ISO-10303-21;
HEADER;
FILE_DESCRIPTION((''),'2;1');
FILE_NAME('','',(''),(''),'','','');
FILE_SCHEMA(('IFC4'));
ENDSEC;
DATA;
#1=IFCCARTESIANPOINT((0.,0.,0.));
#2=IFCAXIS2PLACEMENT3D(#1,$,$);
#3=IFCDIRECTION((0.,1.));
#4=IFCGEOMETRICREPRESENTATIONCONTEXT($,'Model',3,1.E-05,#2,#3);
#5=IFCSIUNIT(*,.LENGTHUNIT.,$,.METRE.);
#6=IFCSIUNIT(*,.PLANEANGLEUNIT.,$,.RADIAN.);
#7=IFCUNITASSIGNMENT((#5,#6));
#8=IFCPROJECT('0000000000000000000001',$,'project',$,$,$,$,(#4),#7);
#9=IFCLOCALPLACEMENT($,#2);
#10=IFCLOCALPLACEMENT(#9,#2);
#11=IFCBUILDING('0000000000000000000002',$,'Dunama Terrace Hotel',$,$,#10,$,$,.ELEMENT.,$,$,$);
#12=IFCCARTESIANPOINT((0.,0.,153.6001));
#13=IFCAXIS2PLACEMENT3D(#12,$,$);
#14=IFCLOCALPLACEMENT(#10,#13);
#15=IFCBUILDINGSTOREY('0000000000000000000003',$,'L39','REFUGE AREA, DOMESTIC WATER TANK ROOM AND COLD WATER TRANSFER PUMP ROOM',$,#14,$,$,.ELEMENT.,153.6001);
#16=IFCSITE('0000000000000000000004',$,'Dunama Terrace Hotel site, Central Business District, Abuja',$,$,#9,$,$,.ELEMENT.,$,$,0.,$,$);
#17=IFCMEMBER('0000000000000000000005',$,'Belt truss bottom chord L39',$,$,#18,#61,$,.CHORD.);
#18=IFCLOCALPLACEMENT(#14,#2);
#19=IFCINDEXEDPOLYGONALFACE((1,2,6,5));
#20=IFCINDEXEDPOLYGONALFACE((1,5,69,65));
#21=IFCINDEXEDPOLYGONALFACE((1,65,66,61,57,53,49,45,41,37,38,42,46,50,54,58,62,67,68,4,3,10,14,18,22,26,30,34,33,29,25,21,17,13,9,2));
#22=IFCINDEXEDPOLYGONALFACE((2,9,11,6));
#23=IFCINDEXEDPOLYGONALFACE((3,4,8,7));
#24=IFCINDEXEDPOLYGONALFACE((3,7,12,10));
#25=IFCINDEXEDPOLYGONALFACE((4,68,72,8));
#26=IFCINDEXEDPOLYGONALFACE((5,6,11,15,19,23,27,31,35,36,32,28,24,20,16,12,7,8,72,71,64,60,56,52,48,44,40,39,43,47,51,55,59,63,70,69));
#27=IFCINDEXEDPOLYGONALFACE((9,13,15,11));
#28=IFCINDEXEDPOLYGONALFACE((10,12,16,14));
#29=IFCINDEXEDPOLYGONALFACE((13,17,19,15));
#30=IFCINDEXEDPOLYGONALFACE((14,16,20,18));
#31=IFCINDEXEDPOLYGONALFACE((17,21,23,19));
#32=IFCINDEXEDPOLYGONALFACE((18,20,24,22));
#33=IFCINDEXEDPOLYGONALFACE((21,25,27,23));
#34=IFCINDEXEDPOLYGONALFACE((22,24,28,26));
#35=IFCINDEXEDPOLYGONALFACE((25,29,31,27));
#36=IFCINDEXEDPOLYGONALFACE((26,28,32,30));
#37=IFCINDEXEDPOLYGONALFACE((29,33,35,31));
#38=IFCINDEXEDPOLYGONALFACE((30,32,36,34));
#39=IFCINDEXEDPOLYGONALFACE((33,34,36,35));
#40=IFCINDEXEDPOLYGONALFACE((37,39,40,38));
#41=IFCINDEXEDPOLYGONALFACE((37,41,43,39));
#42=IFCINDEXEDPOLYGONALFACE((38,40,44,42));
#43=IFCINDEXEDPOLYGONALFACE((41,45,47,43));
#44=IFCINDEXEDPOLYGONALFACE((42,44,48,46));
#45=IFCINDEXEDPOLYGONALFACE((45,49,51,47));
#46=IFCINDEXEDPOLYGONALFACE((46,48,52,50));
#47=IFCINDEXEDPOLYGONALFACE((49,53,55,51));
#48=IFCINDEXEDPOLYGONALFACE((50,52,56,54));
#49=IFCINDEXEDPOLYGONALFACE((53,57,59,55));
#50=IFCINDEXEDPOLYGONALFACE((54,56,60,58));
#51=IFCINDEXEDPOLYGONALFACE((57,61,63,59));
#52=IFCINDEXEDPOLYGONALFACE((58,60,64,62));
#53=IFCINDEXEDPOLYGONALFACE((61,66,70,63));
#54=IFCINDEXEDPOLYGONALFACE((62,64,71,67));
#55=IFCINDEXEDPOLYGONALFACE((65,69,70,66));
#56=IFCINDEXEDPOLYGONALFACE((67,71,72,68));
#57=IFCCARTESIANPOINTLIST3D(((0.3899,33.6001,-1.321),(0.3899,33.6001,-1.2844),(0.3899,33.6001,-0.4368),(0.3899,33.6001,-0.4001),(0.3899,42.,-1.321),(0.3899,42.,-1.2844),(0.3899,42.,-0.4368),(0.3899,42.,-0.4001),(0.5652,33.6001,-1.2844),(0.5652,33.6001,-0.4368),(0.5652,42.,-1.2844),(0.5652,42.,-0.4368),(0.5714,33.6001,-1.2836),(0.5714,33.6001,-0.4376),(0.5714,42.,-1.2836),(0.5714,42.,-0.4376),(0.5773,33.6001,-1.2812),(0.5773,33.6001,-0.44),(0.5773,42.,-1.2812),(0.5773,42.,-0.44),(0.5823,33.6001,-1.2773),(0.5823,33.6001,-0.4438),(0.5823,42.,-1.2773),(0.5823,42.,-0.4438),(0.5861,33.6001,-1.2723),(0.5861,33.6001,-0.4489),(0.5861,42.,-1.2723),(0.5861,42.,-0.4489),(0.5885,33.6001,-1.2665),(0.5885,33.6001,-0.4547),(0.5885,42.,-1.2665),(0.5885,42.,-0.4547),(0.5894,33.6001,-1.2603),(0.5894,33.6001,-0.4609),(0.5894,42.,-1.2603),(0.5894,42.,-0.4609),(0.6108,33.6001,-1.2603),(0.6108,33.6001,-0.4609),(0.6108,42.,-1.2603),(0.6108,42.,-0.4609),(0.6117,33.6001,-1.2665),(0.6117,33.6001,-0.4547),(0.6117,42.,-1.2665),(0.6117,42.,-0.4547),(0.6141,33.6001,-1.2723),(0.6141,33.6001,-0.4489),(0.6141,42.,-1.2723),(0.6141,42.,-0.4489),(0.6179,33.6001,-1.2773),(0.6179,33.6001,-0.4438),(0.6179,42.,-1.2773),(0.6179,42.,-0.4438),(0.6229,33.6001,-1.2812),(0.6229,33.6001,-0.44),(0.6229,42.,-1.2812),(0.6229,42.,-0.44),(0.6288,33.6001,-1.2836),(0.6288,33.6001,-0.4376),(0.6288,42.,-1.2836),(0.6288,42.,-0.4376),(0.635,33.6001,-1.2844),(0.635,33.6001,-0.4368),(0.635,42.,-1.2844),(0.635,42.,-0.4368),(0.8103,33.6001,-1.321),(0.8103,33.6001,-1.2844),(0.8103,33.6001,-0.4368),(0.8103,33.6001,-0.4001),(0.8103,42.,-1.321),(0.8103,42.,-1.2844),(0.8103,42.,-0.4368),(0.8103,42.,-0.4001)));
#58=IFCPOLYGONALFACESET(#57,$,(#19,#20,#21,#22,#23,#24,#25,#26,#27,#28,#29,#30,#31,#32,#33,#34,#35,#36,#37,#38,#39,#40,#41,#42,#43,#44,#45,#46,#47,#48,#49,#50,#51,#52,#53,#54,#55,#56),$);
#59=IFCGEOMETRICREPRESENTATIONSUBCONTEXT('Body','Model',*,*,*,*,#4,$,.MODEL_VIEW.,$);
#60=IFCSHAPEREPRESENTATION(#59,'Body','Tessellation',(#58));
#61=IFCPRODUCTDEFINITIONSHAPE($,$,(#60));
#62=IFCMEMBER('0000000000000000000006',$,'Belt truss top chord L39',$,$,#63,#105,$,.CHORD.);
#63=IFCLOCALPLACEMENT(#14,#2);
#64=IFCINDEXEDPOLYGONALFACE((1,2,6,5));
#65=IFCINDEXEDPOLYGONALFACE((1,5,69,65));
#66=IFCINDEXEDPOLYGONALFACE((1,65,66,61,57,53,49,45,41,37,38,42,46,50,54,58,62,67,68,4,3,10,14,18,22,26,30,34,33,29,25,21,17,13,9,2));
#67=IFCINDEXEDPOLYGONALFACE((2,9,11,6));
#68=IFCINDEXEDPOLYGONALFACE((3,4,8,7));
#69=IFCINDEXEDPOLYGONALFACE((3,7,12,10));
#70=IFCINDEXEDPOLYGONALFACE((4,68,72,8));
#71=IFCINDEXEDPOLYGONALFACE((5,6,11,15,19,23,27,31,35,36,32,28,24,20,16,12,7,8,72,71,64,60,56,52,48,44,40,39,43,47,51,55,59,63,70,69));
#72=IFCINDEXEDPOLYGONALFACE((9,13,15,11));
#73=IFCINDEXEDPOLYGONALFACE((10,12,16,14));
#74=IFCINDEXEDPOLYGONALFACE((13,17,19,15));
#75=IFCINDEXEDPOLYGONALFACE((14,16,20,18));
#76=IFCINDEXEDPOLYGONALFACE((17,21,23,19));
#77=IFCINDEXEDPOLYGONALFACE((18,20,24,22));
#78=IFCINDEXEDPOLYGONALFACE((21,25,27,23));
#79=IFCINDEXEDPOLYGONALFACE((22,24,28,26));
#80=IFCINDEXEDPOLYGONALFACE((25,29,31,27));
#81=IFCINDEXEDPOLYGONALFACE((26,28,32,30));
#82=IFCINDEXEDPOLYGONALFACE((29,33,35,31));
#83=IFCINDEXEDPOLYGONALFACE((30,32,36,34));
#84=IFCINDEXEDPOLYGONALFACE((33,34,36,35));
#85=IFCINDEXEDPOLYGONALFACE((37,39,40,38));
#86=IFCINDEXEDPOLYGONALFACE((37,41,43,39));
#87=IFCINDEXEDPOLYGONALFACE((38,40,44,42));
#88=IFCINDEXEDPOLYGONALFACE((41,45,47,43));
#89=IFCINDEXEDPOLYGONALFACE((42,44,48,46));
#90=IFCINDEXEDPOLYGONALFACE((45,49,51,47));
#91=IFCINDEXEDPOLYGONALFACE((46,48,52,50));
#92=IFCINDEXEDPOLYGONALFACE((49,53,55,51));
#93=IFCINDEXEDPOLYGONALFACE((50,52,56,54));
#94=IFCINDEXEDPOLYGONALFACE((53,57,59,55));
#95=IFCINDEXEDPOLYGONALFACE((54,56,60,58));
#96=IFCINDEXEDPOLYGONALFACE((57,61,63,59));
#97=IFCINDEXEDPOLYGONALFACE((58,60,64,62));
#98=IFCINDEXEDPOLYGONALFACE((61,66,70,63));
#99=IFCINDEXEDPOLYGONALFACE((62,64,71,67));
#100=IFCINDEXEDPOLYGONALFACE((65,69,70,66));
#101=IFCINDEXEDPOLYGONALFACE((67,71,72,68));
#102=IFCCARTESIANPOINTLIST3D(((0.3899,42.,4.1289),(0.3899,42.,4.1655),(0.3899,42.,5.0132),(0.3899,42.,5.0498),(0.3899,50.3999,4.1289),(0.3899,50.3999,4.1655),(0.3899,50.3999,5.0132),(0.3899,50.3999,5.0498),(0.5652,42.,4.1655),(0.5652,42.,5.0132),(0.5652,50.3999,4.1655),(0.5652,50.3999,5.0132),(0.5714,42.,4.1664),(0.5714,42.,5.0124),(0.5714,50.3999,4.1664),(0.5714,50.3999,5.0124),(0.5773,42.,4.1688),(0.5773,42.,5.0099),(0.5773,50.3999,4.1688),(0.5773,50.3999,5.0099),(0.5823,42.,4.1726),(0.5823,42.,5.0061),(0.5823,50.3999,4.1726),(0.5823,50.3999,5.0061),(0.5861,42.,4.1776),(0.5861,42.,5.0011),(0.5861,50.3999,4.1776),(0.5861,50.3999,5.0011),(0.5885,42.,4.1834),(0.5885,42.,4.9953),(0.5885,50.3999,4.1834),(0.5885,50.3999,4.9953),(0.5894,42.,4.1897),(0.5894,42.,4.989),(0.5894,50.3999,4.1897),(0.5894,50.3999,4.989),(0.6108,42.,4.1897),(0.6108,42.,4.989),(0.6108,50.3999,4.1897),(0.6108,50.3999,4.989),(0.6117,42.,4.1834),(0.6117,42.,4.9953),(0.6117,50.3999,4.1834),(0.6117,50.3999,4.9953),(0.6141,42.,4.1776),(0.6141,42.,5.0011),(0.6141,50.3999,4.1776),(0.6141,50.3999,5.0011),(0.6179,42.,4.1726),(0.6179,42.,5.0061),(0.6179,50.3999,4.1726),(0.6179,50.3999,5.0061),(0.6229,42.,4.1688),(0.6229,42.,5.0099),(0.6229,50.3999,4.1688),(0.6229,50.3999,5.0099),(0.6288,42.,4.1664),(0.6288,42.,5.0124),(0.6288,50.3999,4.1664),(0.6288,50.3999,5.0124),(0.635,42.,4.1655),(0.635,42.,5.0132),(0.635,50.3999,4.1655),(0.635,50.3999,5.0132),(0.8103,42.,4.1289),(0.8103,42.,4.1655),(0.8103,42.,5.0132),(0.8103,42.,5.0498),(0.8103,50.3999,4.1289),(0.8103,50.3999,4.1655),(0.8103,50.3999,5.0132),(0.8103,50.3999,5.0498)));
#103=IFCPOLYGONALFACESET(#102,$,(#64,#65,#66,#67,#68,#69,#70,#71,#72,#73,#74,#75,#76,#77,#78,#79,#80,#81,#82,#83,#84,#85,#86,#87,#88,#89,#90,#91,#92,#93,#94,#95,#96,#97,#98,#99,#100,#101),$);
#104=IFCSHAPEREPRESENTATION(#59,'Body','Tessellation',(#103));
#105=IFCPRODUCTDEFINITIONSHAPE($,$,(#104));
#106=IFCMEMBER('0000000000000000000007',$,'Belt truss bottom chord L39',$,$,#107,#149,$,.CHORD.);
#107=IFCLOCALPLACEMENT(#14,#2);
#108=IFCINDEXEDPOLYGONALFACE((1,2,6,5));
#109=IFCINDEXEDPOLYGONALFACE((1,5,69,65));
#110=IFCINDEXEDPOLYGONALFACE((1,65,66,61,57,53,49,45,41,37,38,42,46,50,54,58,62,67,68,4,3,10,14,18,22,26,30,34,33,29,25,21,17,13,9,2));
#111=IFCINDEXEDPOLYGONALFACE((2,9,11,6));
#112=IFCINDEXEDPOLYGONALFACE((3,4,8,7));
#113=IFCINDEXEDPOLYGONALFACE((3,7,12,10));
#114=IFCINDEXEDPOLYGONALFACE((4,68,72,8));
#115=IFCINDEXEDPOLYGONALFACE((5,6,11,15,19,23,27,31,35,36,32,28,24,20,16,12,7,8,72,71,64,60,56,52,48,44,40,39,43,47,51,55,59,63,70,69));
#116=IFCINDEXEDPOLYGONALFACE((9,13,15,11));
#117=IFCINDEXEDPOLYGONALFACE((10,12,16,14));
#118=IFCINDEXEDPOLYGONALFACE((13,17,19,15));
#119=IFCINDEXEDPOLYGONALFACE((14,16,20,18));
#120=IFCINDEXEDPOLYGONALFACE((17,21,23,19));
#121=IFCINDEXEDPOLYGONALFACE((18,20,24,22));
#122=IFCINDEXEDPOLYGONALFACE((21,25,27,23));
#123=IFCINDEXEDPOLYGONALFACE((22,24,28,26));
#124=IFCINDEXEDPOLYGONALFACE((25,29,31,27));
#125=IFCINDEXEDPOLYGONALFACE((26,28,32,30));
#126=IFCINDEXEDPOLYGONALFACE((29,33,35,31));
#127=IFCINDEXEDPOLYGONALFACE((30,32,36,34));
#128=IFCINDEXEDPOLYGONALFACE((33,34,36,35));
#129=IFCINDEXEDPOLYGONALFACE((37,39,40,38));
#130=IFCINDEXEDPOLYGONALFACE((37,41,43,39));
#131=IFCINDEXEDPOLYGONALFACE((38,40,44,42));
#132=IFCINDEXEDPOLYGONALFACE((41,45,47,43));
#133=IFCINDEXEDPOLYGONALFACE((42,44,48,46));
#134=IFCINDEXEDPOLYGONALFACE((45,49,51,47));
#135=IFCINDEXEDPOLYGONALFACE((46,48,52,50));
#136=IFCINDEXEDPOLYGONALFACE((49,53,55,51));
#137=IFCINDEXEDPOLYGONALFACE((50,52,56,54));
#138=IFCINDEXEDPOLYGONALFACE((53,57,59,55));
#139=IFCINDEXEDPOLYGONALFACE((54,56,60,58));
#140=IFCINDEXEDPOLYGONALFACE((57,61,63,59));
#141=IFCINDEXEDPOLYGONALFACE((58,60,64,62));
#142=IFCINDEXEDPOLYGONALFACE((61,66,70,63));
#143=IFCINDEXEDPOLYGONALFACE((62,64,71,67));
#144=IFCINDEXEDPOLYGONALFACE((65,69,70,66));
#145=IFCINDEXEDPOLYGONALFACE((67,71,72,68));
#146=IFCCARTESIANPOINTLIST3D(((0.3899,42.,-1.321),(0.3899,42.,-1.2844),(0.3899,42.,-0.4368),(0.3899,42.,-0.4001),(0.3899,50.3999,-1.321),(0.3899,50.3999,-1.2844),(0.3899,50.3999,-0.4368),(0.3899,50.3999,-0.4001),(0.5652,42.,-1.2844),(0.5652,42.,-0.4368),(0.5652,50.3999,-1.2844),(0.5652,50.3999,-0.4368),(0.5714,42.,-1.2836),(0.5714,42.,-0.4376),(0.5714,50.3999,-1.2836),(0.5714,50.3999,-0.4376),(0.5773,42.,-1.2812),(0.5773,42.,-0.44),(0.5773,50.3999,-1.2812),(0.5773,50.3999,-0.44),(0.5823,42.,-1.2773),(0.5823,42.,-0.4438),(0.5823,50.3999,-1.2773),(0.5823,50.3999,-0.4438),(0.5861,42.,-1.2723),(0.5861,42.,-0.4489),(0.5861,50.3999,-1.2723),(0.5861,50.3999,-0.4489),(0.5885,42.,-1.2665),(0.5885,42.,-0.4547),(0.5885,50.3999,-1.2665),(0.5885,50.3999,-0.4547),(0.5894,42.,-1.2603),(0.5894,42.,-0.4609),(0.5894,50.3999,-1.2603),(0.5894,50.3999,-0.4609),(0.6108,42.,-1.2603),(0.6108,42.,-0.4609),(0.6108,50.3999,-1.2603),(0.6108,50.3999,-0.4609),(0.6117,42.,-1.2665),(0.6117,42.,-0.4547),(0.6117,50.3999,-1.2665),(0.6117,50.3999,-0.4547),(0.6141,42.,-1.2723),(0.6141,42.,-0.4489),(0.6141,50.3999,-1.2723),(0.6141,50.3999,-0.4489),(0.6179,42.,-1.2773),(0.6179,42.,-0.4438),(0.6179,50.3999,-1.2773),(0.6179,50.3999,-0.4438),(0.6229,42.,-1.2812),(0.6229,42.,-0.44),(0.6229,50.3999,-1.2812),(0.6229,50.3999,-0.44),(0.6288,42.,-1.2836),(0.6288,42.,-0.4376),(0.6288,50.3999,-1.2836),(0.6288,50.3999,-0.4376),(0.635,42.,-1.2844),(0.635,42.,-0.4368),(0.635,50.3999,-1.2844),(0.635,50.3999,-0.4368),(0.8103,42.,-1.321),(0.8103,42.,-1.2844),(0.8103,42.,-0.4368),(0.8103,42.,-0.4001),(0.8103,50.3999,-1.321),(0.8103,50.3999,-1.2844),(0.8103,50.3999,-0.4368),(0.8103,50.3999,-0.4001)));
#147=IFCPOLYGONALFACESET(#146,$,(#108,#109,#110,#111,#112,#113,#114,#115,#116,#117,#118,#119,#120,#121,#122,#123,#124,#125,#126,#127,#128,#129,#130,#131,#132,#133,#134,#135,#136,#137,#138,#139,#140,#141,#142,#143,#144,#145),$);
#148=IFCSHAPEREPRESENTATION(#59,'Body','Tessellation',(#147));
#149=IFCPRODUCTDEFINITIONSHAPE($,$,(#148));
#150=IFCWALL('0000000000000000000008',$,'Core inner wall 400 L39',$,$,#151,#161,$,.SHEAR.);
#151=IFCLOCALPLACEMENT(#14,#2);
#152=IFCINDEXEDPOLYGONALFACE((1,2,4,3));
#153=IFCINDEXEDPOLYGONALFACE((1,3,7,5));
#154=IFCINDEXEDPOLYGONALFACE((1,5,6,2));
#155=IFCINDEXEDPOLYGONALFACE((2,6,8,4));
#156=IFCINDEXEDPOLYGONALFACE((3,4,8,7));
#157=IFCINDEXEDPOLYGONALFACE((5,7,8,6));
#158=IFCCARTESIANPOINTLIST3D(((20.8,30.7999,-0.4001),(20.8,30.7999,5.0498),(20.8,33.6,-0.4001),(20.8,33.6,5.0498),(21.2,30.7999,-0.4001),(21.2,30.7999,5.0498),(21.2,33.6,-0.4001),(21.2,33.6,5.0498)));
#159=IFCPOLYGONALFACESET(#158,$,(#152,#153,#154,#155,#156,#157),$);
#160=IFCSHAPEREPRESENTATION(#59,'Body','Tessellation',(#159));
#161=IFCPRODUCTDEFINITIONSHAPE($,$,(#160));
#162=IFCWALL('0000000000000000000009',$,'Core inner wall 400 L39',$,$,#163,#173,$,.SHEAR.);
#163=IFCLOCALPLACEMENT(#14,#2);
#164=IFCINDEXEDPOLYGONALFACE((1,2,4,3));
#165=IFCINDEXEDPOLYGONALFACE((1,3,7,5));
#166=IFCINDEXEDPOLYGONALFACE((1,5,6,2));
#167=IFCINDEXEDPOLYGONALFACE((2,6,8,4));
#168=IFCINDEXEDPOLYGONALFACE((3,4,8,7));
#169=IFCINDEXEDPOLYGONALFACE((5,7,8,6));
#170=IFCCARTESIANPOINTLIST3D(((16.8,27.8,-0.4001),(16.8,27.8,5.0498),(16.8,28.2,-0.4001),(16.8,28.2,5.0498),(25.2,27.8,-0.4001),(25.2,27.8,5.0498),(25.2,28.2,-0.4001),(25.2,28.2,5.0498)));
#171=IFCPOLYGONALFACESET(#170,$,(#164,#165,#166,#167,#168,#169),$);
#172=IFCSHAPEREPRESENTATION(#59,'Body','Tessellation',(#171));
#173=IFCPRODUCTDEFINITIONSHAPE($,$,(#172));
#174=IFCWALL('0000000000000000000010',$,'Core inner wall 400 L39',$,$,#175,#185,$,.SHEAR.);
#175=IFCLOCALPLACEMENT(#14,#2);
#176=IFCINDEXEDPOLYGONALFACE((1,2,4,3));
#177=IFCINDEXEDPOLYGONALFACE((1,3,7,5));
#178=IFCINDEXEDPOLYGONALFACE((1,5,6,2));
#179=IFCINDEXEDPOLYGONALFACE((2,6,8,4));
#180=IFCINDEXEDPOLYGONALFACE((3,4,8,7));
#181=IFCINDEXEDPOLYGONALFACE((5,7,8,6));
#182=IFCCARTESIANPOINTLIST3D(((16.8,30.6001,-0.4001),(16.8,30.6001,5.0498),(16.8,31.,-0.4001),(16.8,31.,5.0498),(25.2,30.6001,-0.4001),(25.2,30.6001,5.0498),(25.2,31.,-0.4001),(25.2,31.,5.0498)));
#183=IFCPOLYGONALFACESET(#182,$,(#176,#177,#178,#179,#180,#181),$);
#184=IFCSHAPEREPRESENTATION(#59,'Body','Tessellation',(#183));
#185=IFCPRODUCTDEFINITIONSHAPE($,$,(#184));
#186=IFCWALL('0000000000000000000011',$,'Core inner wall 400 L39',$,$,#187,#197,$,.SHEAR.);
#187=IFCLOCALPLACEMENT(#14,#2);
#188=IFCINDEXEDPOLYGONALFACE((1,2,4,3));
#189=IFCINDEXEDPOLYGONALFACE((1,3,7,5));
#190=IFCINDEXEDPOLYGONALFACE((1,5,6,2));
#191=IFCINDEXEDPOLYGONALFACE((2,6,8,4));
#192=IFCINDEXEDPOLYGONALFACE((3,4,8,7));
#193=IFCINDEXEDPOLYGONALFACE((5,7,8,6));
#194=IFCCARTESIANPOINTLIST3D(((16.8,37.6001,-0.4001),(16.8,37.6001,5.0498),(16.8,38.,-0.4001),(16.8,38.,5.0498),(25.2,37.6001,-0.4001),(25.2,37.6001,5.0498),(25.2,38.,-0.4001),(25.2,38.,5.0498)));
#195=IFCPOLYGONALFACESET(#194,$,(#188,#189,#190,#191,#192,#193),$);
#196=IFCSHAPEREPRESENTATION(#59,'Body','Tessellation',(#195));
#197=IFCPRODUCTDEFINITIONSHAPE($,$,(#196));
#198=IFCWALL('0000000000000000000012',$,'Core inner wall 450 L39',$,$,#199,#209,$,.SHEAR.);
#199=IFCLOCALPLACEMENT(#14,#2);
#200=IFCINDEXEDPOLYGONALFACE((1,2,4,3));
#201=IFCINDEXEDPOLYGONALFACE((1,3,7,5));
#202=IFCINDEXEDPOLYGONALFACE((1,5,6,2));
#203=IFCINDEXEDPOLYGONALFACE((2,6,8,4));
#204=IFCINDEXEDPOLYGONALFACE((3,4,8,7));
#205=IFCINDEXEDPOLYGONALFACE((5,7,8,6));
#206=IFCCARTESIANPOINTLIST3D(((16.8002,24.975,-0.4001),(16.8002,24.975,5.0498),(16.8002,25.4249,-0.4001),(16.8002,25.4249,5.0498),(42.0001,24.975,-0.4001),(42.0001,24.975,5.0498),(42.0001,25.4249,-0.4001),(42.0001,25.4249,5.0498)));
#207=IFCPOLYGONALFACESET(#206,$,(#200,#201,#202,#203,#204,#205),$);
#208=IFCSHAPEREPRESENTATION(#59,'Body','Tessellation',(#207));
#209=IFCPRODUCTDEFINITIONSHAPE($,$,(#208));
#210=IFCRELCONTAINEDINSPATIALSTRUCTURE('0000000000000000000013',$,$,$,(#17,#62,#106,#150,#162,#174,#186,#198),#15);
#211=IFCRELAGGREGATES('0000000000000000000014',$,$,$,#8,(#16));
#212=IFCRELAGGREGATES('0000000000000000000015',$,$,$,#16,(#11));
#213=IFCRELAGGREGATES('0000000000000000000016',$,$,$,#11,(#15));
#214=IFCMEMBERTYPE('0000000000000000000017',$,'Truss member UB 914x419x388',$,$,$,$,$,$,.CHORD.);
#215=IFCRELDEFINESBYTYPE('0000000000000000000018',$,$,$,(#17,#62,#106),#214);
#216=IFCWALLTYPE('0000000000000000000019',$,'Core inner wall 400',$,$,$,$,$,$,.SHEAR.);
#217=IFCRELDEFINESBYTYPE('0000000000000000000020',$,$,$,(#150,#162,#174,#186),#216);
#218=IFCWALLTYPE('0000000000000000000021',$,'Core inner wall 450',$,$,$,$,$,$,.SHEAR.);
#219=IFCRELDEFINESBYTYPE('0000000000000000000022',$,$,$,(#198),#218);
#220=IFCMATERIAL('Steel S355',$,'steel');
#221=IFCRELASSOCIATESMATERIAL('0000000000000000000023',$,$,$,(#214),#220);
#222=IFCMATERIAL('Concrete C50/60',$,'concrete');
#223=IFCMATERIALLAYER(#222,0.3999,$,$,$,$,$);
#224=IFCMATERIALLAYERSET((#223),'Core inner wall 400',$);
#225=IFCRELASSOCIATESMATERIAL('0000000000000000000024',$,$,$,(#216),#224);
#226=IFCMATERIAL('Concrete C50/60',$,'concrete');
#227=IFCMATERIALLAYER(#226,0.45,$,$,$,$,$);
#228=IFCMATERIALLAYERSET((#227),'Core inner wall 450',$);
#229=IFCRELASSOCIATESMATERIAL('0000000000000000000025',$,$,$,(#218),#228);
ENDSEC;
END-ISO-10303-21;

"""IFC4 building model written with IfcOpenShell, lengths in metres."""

from ifc_helpers import new_model, si_unit, direction, frame, frame_2d, origin, origin_2d, place, context, subcontext, project, spatial, rectangle, i_section, extrude, material, layer, layer_set, material_profile, profile_set, type_object, element, save


model = new_model("IFC4")

# Units and contexts
model_context = context("Model", 3, precision=1e-05, world=origin(), true_north=direction((0.0, 1.0)))
body_context = subcontext(model_context, "Body", "Model", "MODEL_VIEW")
ifc_project = project(units=[si_unit("LENGTHUNIT", "METRE"), si_unit("PLANEANGLEUNIT", "RADIAN")], contexts=[model_context])

# Site, building, storey
site_placement = place(None, origin())
site = spatial("IfcSite", under=ifc_project, at=site_placement, Name="Dunama Terrace Hotel site, Central Business District, Abuja", CompositionType="ELEMENT", RefElevation=0.0)
building_placement = place(site_placement, origin())
building = spatial("IfcBuilding", under=site, at=building_placement, Name="Dunama Terrace Hotel", CompositionType="ELEMENT")
storey_placement = place(building_placement, frame((0.0, 0.0, 153.6001)))
storey = spatial("IfcBuildingStorey", under=building, at=storey_placement, Name="L39", Description="REFUGE AREA, DOMESTIC WATER TANK ROOM AND COLD WATER TRANSFER PUMP ROOM", CompositionType="ELEMENT", Elevation=153.6001)

# Members
ifc_material_1 = material(Name="Steel S355", Category="steel")
ifc_material_profile_1 = material_profile(ifc_material_1, i_section(OverallWidth=0.4204, OverallDepth=0.9209, WebThickness=0.0215, FlangeThickness=0.0366, FilletRadius=0.0242, at=origin_2d()), Name="UB 914x419x388")
ifc_profile_set_1 = profile_set([ifc_material_profile_1], Name="Steel S355")
member_type_1 = type_object("IfcMemberType", Name="Truss member UB 914x419x388", PredefinedType="CHORD", material=ifc_profile_set_1)
for number, where, z_axis, x_axis, name in (
    (1, (0.6001, 33.6001, -0.8606), (0.0, 1.0, 0.0), (-1.0, 0.0, 0.0), "Belt truss bottom chord L39"),
    (2, (0.6001, 42.0, 4.5894), (0.0, 1.0, 0.0), (-1.0, 0.0, 0.0), "Belt truss top chord L39"),
    (3, (0.6001, 42.0, -0.8606), (0.0, 1.0, 0.0), (-1.0, 0.0, 0.0), "Belt truss bottom chord L39"),
):
    element("IfcMember", number, at=place(storey_placement, frame(where, z_axis=z_axis, x_axis=x_axis)), inside=storey, type_object=member_type_1, Name=name, PredefinedType="CHORD", context=body_context, shape_type="SweptSolid", body=[
        extrude(i_section(OverallWidth=0.4204, OverallDepth=0.9209, WebThickness=0.0215, FlangeThickness=0.0366, FilletRadius=0.0242, at=origin_2d()), origin(), (0.0, 0.0, 1.0), 8.3999),
    ])

# Walls
ifc_material_2 = material(Name="Concrete C50/60", Category="concrete")
ifc_layer_1 = layer(ifc_material_2, 0.3999)
ifc_layer_set_1 = layer_set([ifc_layer_1], Name="Core inner wall 400")
wall_type_1 = type_object("IfcWallType", Name="Core inner wall 400", PredefinedType="SHEAR", material=ifc_layer_set_1)
wall_1_placement = place(storey_placement, frame((21.0, 30.8, -0.4001), z_axis=(0.0, 0.0, 1.0), x_axis=(0.0, 1.0, 0.0)))
element("IfcWall", 4, at=wall_1_placement, inside=storey, type_object=wall_type_1, Name="Core inner wall 400 L39", PredefinedType="SHEAR", context=body_context, shape_type="SweptSolid", body=[
    extrude(rectangle(XDim=2.8, YDim=0.3999, at=frame_2d((1.3999, 0.0))), origin(), (0.0, 0.0, 1.0), 5.45),
])
for number, where, z_axis, x_axis, name in (
    (5, (16.8, 28.0, -0.4001), (0.0, 0.0, 1.0), (1.0, 0.0, 0.0), "Core inner wall 400 L39"),
    (6, (16.8, 30.8, -0.4001), (0.0, 0.0, 1.0), (1.0, 0.0, 0.0), "Core inner wall 400 L39"),
    (7, (16.8, 37.8, -0.4001), (0.0, 0.0, 1.0), (1.0, 0.0, 0.0), "Core inner wall 400 L39"),
):
    element("IfcWall", number, at=place(storey_placement, frame(where, z_axis=z_axis, x_axis=x_axis)), inside=storey, type_object=wall_type_1, Name=name, PredefinedType="SHEAR", context=body_context, shape_type="SweptSolid", body=[
        extrude(rectangle(XDim=8.3999, YDim=0.3999, at=frame_2d((4.2, 0.0))), origin(), (0.0, 0.0, 1.0), 5.45),
    ])
ifc_material_3 = material(Name="Concrete C50/60", Category="concrete")
ifc_layer_2 = layer(ifc_material_3, 0.45)
ifc_layer_set_2 = layer_set([ifc_layer_2], Name="Core inner wall 450")
wall_type_2 = type_object("IfcWallType", Name="Core inner wall 450", PredefinedType="SHEAR", material=ifc_layer_set_2)
for number, where, z_axis, x_axis, name in (
    (8, (16.8, 25.2, -0.4001), (0.0, 0.0, 1.0), (1.0, 0.0, 0.0), "Core inner wall 450 L39"),
):
    element("IfcWall", number, at=place(storey_placement, frame(where, z_axis=z_axis, x_axis=x_axis)), inside=storey, type_object=wall_type_2, Name=name, PredefinedType="SHEAR", context=body_context, shape_type="SweptSolid", body=[
        extrude(rectangle(XDim=25.2, YDim=0.45, at=frame_2d((12.6001, 0.0))), origin(), (0.0, 0.0, 1.0), 5.45),
    ])

save(model, "model.ifc")
